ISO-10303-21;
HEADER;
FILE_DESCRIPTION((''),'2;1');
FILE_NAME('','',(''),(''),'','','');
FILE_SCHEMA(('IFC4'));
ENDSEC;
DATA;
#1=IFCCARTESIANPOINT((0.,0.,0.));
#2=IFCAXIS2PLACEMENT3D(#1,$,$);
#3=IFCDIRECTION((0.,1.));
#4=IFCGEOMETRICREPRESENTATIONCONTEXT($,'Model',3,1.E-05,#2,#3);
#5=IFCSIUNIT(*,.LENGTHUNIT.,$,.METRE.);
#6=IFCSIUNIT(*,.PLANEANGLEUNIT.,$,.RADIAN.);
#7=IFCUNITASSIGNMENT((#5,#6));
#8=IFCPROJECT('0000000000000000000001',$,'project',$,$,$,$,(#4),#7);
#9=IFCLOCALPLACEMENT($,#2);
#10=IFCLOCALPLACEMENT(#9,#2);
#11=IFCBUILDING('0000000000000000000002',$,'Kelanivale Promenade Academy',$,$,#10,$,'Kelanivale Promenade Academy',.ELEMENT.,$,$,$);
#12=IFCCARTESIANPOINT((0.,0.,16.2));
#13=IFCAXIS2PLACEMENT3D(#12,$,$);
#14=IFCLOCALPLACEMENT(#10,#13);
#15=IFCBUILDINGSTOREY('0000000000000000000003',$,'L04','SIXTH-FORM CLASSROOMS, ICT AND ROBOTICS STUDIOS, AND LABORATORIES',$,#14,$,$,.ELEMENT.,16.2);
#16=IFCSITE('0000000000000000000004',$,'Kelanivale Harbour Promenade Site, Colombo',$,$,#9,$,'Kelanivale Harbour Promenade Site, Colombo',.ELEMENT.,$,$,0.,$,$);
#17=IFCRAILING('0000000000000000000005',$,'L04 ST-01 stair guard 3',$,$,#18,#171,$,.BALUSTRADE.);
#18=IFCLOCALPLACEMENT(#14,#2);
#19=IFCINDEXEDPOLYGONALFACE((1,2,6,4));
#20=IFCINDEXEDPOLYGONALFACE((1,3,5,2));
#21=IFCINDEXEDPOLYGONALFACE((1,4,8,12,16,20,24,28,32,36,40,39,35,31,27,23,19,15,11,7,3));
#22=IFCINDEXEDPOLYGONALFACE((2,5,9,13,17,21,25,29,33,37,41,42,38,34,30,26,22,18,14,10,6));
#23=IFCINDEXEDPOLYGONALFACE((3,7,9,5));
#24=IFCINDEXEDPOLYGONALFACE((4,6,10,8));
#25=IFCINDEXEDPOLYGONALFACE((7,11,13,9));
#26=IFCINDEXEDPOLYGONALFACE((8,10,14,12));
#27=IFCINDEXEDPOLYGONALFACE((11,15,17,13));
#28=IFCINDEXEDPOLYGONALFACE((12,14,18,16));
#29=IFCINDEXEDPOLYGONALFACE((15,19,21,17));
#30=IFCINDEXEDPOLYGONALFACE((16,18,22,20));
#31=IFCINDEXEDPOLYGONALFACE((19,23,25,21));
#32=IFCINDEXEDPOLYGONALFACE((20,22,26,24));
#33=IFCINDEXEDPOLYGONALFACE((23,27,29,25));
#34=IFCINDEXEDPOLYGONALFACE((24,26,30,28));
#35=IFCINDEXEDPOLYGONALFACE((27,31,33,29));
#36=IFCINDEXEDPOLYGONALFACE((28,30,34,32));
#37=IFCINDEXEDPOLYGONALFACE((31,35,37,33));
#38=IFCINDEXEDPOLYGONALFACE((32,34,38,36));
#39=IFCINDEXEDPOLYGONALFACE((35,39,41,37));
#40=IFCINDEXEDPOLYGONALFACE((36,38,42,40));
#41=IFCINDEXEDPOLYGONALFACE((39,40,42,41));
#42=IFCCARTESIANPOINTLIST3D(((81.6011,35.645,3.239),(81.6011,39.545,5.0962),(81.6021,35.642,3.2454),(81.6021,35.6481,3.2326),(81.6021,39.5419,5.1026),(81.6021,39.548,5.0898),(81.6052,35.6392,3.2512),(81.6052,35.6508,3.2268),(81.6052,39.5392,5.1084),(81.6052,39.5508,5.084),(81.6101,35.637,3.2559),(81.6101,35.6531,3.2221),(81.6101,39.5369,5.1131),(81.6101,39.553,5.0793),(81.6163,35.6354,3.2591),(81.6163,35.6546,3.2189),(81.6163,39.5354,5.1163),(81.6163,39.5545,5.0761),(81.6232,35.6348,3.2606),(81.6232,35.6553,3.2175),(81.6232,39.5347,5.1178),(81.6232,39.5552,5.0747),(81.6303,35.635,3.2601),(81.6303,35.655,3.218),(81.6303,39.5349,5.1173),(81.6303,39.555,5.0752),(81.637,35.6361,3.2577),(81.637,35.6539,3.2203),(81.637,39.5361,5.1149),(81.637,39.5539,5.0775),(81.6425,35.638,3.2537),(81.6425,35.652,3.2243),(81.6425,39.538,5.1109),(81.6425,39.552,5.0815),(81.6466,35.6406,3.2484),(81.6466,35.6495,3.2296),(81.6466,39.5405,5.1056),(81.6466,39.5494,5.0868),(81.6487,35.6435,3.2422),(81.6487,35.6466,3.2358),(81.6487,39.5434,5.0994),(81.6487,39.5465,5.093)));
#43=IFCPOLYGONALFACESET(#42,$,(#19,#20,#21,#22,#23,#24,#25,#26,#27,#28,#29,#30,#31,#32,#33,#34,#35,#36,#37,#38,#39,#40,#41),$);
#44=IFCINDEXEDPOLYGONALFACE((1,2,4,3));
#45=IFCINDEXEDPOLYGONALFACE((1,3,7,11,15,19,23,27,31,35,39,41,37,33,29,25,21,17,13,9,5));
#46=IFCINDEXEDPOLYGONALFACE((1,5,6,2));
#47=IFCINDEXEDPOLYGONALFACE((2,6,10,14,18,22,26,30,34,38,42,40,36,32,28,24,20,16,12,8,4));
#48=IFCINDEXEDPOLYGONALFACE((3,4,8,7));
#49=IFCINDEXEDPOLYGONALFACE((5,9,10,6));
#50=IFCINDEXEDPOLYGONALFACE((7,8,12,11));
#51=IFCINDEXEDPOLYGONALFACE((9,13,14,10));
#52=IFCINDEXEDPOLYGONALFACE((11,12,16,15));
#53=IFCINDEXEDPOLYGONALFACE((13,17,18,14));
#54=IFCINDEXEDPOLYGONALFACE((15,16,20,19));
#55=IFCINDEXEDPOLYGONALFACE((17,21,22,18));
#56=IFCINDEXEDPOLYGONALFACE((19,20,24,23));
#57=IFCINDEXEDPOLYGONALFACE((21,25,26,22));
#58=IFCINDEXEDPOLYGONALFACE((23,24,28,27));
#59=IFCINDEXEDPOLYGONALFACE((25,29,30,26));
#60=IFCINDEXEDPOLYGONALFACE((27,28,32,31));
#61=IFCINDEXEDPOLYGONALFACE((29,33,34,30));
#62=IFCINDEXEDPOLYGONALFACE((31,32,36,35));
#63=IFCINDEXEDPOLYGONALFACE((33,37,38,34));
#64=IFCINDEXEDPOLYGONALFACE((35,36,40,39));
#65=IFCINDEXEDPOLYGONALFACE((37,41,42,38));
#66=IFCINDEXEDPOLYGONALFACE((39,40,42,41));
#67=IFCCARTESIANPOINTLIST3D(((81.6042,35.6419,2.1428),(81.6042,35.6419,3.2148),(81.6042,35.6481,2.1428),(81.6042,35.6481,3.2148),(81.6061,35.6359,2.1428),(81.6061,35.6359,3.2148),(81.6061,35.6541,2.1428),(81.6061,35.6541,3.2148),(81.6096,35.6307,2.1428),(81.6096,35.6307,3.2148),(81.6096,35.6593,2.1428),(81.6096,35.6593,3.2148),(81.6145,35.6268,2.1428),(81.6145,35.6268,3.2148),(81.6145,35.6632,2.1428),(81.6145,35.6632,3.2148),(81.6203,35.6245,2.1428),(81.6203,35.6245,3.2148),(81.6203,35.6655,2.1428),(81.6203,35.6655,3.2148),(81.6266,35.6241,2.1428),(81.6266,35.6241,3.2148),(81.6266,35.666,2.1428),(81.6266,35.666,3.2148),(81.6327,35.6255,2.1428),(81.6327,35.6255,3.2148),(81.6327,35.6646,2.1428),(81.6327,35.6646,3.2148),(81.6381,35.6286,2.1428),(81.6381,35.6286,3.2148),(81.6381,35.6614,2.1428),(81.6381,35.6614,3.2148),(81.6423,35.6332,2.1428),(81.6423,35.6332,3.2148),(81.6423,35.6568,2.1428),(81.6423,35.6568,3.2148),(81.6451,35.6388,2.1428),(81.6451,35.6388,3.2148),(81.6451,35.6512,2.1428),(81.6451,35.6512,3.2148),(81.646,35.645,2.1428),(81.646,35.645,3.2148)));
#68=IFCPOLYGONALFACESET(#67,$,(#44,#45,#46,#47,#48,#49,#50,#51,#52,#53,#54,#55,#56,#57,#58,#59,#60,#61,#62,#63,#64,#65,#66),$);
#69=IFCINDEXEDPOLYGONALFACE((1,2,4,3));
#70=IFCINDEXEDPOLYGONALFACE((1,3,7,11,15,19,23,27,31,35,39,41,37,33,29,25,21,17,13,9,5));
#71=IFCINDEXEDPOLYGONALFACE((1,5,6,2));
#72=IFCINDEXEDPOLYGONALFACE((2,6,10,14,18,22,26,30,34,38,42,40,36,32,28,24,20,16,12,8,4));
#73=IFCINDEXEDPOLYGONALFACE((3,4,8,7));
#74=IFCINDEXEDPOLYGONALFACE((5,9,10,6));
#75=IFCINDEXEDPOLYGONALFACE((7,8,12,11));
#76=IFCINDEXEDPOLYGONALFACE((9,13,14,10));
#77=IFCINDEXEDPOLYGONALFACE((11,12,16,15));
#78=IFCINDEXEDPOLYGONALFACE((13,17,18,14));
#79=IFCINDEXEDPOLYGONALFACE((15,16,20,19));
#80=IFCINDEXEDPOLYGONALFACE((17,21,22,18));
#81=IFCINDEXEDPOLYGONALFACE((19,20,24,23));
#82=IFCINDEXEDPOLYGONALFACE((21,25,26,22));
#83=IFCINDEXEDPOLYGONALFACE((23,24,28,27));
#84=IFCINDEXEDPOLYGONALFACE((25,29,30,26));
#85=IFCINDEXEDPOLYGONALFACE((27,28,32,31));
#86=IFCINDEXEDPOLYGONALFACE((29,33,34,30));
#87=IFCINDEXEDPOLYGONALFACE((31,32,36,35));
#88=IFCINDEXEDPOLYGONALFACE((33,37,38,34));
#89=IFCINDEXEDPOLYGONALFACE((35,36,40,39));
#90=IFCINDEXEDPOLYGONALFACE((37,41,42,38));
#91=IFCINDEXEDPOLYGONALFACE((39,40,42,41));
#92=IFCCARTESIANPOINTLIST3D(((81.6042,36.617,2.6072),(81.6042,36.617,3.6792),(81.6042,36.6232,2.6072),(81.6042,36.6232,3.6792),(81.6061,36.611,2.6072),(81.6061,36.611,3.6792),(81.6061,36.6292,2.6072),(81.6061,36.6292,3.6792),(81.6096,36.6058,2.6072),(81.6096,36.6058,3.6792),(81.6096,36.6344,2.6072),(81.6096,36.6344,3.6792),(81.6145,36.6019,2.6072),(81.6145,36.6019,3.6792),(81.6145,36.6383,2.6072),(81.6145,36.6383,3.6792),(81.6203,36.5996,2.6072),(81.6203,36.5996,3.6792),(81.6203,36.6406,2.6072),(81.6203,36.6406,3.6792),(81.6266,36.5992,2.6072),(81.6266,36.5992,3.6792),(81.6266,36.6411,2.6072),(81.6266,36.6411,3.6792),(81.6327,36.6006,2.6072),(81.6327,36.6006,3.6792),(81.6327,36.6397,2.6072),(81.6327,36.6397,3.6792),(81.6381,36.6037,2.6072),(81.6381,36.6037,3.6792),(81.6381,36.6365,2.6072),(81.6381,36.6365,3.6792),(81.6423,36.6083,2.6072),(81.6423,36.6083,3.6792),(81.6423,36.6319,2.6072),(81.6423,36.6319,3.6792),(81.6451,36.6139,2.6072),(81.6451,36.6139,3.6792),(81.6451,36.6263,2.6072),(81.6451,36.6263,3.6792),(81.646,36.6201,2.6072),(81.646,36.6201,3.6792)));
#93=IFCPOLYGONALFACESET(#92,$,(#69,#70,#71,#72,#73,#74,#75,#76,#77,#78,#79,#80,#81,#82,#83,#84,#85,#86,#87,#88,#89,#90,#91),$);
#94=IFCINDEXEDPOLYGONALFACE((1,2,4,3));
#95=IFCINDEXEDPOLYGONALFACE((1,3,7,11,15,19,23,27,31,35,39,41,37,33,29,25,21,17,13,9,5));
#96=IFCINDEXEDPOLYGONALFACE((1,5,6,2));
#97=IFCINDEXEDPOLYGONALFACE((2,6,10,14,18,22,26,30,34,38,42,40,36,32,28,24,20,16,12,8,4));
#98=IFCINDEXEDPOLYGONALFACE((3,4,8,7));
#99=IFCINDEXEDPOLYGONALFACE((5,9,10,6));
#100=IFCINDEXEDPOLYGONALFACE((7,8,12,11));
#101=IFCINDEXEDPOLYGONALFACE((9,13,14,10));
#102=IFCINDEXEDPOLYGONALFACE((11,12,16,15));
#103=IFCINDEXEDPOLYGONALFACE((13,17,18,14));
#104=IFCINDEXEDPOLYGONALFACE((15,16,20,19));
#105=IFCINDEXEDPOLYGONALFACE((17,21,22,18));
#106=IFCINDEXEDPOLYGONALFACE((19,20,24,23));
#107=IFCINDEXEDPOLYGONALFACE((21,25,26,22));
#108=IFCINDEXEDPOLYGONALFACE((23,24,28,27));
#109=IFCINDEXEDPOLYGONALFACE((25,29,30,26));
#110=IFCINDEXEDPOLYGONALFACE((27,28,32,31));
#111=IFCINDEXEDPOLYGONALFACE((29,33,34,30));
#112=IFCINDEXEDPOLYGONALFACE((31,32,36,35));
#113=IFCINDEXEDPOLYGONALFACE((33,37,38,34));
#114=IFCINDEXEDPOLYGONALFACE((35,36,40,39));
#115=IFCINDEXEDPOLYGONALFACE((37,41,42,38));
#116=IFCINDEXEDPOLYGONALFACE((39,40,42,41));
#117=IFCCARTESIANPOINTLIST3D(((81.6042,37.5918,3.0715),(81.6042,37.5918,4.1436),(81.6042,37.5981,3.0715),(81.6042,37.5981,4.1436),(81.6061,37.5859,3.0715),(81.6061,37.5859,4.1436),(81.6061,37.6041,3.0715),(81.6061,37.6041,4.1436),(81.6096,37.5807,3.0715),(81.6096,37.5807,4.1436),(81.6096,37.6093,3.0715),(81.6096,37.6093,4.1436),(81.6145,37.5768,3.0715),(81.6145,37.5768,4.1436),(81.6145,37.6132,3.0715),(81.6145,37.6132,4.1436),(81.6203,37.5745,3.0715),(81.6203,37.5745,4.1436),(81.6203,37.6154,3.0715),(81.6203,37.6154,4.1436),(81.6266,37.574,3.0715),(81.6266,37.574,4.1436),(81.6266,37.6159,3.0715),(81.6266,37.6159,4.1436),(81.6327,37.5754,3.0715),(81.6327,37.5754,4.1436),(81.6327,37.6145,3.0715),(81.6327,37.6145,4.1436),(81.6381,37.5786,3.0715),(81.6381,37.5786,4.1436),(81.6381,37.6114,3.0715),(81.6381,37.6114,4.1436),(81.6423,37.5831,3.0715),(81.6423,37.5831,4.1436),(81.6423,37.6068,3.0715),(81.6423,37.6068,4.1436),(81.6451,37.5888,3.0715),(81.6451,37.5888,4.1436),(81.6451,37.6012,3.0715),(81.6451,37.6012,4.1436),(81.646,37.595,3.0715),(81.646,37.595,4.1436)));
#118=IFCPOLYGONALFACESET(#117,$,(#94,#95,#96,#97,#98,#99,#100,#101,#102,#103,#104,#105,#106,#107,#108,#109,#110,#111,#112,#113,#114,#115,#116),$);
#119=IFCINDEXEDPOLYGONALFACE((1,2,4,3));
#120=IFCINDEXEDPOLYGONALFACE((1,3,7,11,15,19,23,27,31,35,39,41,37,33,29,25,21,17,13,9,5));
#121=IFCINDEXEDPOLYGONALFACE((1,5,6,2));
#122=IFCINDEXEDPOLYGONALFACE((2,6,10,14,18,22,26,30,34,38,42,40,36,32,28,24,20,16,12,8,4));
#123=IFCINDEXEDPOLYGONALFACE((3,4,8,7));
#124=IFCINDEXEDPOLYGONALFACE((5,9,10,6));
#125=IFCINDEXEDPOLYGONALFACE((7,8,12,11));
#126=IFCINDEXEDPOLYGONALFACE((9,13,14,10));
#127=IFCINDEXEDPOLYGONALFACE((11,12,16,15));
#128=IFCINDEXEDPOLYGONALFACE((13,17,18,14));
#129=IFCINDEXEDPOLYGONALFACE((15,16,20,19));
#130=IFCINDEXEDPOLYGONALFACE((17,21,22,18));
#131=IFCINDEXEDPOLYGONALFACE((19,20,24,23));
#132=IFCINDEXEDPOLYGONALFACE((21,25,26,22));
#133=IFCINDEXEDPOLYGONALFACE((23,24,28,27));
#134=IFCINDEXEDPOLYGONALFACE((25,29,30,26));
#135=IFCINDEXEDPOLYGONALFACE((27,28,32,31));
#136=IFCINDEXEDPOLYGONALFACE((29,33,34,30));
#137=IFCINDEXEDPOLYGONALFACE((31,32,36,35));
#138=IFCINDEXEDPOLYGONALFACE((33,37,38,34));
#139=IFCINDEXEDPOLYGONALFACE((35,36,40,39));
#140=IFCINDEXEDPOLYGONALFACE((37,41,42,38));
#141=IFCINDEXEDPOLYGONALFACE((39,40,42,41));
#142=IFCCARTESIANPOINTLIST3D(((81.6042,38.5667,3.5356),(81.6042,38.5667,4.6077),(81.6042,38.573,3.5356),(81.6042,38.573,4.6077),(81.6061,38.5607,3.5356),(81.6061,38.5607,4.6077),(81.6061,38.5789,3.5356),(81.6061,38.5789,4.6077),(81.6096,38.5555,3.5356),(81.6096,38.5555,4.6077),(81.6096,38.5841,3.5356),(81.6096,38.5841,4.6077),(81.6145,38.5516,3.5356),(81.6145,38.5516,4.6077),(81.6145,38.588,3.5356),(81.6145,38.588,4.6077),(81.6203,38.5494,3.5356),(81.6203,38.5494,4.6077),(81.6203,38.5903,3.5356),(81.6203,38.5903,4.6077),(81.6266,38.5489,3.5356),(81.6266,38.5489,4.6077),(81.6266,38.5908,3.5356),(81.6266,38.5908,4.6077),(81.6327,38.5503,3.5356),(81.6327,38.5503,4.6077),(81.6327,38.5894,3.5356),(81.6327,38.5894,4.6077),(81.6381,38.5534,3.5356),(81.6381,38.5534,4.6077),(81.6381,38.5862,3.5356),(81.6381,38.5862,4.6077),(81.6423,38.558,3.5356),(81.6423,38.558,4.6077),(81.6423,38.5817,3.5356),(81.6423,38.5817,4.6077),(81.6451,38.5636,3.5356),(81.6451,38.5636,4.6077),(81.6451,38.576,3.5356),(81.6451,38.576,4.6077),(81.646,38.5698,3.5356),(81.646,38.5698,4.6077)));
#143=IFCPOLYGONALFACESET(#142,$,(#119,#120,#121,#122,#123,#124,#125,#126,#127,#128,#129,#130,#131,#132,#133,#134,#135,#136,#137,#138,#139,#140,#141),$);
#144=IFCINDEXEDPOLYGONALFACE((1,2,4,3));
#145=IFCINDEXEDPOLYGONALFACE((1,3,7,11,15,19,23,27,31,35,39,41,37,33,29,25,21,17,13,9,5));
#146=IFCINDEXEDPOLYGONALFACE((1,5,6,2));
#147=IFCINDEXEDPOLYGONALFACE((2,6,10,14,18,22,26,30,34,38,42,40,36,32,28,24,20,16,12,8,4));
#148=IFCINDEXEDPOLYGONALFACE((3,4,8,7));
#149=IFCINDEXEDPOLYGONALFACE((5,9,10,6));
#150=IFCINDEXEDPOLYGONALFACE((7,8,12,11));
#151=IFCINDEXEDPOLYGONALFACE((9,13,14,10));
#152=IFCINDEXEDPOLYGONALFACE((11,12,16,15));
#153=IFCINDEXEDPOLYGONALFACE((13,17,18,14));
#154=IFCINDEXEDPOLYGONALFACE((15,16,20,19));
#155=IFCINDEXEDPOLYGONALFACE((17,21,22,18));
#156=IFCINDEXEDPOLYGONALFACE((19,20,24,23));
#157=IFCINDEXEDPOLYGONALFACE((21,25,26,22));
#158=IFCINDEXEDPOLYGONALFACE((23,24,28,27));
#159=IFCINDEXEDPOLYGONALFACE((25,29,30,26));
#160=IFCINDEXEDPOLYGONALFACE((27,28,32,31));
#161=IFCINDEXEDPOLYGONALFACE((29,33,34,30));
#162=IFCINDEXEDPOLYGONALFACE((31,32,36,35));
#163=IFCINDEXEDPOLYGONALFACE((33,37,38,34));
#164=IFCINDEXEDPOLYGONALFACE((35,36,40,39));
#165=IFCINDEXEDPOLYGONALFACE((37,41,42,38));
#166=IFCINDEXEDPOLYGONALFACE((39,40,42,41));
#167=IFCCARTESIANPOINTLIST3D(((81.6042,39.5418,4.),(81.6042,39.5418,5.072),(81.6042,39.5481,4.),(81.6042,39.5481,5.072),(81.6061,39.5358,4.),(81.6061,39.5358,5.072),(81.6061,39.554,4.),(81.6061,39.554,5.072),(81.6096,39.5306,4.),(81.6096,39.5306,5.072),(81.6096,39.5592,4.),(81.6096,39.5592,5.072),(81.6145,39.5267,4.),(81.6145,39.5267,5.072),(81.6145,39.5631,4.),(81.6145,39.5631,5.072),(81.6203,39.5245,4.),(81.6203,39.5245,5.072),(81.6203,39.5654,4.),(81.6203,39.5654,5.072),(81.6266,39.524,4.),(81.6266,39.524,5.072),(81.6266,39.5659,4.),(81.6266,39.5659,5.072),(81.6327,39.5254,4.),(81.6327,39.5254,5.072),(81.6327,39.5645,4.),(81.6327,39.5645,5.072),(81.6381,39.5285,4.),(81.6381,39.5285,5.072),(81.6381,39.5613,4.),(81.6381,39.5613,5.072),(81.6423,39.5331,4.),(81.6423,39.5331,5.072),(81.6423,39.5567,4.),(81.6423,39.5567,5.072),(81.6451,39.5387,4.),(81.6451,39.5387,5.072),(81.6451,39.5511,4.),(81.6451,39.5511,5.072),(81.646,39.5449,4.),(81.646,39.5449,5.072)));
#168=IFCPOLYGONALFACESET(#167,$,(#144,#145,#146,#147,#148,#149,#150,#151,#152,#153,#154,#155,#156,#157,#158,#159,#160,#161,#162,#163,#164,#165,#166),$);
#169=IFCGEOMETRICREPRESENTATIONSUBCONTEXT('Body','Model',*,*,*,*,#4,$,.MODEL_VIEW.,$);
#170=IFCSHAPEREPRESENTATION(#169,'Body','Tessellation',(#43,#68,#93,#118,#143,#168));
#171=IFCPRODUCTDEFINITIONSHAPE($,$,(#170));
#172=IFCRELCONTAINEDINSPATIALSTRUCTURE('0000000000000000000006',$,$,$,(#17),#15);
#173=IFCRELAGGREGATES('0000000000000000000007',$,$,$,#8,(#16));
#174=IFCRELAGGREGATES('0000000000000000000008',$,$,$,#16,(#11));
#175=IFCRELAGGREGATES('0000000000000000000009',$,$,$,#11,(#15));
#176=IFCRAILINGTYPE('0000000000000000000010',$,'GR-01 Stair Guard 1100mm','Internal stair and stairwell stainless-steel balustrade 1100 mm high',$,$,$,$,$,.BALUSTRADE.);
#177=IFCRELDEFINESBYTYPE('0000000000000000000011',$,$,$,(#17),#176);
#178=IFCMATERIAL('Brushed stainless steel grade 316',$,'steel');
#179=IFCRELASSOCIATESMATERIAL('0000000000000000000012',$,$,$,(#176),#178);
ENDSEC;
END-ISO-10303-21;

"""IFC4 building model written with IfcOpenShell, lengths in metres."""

from ifc_helpers import new_model, si_unit, direction, frame, origin, origin_2d, place, context, subcontext, project, spatial, circle, extrude, material, type_object, element, save


model = new_model("IFC4")

# Units and contexts
model_context = context("Model", 3, precision=1e-05, world=origin(), true_north=direction((0.0, 1.0)))
body_context = subcontext(model_context, "Body", "Model", "MODEL_VIEW")
ifc_project = project(units=[si_unit("LENGTHUNIT", "METRE"), si_unit("PLANEANGLEUNIT", "RADIAN")], contexts=[model_context])

# Site, building, storey
site_placement = place(None, origin())
site = spatial("IfcSite", under=ifc_project, at=site_placement, Name="Kelanivale Harbour Promenade Site, Colombo", LongName="Kelanivale Harbour Promenade Site, Colombo", CompositionType="ELEMENT", RefElevation=0.0)
building_placement = place(site_placement, origin())
building = spatial("IfcBuilding", under=site, at=building_placement, Name="Kelanivale Promenade Academy", LongName="Kelanivale Promenade Academy", CompositionType="ELEMENT")
storey_placement = place(building_placement, frame((0.0, 0.0, 16.2)))
storey = spatial("IfcBuildingStorey", under=building, at=storey_placement, Name="L04", Description="SIXTH-FORM CLASSROOMS, ICT AND ROBOTICS STUDIOS, AND LABORATORIES", CompositionType="ELEMENT", Elevation=16.2)

# Railing
ifc_material_1 = material(Name="Brushed stainless steel grade 316", Category="steel")
railing_type_1 = type_object("IfcRailingType", Name="GR-01 Stair Guard 1100mm", Description="Internal stair and stairwell stainless-steel balustrade 1100 mm high", PredefinedType="BALUSTRADE", material=ifc_material_1)
railing_1_placement = place(storey_placement, frame((81.625, 35.645, 2.1428)))
element("IfcRailing", 1, at=railing_1_placement, inside=storey, type_object=railing_type_1, Name="L04 ST-01 stair guard 3", PredefinedType="BALUSTRADE", context=body_context, shape_type="SweptSolid", body=[
    extrude(circle(Radius=0.0239, at=origin_2d()), frame((0.0, 0.0, 1.0962), z_axis=(0.0, 0.902853, 0.429949), x_axis=(-1.0, 0.0, 0.0)), (0.0, 0.0, 1.0), 4.3196),
    extrude(circle(Radius=0.021, at=origin_2d()), origin(), (0.0, 0.0, 1.0), 1.072),
    extrude(circle(Radius=0.021, at=origin_2d()), frame((0.0, 0.9751, 0.4644)), (0.0, 0.0, 1.0), 1.072),
    extrude(circle(Radius=0.021, at=origin_2d()), frame((0.0, 1.95, 0.9287)), (0.0, 0.0, 1.0), 1.072),
    extrude(circle(Radius=0.021, at=origin_2d()), frame((0.0, 2.9248, 1.3928)), (0.0, 0.0, 1.0), 1.072),
    extrude(circle(Radius=0.021, at=origin_2d()), frame((0.0, 3.8999, 1.8572)), (0.0, 0.0, 1.0), 1.072),
])

save(model, "model.ifc")
